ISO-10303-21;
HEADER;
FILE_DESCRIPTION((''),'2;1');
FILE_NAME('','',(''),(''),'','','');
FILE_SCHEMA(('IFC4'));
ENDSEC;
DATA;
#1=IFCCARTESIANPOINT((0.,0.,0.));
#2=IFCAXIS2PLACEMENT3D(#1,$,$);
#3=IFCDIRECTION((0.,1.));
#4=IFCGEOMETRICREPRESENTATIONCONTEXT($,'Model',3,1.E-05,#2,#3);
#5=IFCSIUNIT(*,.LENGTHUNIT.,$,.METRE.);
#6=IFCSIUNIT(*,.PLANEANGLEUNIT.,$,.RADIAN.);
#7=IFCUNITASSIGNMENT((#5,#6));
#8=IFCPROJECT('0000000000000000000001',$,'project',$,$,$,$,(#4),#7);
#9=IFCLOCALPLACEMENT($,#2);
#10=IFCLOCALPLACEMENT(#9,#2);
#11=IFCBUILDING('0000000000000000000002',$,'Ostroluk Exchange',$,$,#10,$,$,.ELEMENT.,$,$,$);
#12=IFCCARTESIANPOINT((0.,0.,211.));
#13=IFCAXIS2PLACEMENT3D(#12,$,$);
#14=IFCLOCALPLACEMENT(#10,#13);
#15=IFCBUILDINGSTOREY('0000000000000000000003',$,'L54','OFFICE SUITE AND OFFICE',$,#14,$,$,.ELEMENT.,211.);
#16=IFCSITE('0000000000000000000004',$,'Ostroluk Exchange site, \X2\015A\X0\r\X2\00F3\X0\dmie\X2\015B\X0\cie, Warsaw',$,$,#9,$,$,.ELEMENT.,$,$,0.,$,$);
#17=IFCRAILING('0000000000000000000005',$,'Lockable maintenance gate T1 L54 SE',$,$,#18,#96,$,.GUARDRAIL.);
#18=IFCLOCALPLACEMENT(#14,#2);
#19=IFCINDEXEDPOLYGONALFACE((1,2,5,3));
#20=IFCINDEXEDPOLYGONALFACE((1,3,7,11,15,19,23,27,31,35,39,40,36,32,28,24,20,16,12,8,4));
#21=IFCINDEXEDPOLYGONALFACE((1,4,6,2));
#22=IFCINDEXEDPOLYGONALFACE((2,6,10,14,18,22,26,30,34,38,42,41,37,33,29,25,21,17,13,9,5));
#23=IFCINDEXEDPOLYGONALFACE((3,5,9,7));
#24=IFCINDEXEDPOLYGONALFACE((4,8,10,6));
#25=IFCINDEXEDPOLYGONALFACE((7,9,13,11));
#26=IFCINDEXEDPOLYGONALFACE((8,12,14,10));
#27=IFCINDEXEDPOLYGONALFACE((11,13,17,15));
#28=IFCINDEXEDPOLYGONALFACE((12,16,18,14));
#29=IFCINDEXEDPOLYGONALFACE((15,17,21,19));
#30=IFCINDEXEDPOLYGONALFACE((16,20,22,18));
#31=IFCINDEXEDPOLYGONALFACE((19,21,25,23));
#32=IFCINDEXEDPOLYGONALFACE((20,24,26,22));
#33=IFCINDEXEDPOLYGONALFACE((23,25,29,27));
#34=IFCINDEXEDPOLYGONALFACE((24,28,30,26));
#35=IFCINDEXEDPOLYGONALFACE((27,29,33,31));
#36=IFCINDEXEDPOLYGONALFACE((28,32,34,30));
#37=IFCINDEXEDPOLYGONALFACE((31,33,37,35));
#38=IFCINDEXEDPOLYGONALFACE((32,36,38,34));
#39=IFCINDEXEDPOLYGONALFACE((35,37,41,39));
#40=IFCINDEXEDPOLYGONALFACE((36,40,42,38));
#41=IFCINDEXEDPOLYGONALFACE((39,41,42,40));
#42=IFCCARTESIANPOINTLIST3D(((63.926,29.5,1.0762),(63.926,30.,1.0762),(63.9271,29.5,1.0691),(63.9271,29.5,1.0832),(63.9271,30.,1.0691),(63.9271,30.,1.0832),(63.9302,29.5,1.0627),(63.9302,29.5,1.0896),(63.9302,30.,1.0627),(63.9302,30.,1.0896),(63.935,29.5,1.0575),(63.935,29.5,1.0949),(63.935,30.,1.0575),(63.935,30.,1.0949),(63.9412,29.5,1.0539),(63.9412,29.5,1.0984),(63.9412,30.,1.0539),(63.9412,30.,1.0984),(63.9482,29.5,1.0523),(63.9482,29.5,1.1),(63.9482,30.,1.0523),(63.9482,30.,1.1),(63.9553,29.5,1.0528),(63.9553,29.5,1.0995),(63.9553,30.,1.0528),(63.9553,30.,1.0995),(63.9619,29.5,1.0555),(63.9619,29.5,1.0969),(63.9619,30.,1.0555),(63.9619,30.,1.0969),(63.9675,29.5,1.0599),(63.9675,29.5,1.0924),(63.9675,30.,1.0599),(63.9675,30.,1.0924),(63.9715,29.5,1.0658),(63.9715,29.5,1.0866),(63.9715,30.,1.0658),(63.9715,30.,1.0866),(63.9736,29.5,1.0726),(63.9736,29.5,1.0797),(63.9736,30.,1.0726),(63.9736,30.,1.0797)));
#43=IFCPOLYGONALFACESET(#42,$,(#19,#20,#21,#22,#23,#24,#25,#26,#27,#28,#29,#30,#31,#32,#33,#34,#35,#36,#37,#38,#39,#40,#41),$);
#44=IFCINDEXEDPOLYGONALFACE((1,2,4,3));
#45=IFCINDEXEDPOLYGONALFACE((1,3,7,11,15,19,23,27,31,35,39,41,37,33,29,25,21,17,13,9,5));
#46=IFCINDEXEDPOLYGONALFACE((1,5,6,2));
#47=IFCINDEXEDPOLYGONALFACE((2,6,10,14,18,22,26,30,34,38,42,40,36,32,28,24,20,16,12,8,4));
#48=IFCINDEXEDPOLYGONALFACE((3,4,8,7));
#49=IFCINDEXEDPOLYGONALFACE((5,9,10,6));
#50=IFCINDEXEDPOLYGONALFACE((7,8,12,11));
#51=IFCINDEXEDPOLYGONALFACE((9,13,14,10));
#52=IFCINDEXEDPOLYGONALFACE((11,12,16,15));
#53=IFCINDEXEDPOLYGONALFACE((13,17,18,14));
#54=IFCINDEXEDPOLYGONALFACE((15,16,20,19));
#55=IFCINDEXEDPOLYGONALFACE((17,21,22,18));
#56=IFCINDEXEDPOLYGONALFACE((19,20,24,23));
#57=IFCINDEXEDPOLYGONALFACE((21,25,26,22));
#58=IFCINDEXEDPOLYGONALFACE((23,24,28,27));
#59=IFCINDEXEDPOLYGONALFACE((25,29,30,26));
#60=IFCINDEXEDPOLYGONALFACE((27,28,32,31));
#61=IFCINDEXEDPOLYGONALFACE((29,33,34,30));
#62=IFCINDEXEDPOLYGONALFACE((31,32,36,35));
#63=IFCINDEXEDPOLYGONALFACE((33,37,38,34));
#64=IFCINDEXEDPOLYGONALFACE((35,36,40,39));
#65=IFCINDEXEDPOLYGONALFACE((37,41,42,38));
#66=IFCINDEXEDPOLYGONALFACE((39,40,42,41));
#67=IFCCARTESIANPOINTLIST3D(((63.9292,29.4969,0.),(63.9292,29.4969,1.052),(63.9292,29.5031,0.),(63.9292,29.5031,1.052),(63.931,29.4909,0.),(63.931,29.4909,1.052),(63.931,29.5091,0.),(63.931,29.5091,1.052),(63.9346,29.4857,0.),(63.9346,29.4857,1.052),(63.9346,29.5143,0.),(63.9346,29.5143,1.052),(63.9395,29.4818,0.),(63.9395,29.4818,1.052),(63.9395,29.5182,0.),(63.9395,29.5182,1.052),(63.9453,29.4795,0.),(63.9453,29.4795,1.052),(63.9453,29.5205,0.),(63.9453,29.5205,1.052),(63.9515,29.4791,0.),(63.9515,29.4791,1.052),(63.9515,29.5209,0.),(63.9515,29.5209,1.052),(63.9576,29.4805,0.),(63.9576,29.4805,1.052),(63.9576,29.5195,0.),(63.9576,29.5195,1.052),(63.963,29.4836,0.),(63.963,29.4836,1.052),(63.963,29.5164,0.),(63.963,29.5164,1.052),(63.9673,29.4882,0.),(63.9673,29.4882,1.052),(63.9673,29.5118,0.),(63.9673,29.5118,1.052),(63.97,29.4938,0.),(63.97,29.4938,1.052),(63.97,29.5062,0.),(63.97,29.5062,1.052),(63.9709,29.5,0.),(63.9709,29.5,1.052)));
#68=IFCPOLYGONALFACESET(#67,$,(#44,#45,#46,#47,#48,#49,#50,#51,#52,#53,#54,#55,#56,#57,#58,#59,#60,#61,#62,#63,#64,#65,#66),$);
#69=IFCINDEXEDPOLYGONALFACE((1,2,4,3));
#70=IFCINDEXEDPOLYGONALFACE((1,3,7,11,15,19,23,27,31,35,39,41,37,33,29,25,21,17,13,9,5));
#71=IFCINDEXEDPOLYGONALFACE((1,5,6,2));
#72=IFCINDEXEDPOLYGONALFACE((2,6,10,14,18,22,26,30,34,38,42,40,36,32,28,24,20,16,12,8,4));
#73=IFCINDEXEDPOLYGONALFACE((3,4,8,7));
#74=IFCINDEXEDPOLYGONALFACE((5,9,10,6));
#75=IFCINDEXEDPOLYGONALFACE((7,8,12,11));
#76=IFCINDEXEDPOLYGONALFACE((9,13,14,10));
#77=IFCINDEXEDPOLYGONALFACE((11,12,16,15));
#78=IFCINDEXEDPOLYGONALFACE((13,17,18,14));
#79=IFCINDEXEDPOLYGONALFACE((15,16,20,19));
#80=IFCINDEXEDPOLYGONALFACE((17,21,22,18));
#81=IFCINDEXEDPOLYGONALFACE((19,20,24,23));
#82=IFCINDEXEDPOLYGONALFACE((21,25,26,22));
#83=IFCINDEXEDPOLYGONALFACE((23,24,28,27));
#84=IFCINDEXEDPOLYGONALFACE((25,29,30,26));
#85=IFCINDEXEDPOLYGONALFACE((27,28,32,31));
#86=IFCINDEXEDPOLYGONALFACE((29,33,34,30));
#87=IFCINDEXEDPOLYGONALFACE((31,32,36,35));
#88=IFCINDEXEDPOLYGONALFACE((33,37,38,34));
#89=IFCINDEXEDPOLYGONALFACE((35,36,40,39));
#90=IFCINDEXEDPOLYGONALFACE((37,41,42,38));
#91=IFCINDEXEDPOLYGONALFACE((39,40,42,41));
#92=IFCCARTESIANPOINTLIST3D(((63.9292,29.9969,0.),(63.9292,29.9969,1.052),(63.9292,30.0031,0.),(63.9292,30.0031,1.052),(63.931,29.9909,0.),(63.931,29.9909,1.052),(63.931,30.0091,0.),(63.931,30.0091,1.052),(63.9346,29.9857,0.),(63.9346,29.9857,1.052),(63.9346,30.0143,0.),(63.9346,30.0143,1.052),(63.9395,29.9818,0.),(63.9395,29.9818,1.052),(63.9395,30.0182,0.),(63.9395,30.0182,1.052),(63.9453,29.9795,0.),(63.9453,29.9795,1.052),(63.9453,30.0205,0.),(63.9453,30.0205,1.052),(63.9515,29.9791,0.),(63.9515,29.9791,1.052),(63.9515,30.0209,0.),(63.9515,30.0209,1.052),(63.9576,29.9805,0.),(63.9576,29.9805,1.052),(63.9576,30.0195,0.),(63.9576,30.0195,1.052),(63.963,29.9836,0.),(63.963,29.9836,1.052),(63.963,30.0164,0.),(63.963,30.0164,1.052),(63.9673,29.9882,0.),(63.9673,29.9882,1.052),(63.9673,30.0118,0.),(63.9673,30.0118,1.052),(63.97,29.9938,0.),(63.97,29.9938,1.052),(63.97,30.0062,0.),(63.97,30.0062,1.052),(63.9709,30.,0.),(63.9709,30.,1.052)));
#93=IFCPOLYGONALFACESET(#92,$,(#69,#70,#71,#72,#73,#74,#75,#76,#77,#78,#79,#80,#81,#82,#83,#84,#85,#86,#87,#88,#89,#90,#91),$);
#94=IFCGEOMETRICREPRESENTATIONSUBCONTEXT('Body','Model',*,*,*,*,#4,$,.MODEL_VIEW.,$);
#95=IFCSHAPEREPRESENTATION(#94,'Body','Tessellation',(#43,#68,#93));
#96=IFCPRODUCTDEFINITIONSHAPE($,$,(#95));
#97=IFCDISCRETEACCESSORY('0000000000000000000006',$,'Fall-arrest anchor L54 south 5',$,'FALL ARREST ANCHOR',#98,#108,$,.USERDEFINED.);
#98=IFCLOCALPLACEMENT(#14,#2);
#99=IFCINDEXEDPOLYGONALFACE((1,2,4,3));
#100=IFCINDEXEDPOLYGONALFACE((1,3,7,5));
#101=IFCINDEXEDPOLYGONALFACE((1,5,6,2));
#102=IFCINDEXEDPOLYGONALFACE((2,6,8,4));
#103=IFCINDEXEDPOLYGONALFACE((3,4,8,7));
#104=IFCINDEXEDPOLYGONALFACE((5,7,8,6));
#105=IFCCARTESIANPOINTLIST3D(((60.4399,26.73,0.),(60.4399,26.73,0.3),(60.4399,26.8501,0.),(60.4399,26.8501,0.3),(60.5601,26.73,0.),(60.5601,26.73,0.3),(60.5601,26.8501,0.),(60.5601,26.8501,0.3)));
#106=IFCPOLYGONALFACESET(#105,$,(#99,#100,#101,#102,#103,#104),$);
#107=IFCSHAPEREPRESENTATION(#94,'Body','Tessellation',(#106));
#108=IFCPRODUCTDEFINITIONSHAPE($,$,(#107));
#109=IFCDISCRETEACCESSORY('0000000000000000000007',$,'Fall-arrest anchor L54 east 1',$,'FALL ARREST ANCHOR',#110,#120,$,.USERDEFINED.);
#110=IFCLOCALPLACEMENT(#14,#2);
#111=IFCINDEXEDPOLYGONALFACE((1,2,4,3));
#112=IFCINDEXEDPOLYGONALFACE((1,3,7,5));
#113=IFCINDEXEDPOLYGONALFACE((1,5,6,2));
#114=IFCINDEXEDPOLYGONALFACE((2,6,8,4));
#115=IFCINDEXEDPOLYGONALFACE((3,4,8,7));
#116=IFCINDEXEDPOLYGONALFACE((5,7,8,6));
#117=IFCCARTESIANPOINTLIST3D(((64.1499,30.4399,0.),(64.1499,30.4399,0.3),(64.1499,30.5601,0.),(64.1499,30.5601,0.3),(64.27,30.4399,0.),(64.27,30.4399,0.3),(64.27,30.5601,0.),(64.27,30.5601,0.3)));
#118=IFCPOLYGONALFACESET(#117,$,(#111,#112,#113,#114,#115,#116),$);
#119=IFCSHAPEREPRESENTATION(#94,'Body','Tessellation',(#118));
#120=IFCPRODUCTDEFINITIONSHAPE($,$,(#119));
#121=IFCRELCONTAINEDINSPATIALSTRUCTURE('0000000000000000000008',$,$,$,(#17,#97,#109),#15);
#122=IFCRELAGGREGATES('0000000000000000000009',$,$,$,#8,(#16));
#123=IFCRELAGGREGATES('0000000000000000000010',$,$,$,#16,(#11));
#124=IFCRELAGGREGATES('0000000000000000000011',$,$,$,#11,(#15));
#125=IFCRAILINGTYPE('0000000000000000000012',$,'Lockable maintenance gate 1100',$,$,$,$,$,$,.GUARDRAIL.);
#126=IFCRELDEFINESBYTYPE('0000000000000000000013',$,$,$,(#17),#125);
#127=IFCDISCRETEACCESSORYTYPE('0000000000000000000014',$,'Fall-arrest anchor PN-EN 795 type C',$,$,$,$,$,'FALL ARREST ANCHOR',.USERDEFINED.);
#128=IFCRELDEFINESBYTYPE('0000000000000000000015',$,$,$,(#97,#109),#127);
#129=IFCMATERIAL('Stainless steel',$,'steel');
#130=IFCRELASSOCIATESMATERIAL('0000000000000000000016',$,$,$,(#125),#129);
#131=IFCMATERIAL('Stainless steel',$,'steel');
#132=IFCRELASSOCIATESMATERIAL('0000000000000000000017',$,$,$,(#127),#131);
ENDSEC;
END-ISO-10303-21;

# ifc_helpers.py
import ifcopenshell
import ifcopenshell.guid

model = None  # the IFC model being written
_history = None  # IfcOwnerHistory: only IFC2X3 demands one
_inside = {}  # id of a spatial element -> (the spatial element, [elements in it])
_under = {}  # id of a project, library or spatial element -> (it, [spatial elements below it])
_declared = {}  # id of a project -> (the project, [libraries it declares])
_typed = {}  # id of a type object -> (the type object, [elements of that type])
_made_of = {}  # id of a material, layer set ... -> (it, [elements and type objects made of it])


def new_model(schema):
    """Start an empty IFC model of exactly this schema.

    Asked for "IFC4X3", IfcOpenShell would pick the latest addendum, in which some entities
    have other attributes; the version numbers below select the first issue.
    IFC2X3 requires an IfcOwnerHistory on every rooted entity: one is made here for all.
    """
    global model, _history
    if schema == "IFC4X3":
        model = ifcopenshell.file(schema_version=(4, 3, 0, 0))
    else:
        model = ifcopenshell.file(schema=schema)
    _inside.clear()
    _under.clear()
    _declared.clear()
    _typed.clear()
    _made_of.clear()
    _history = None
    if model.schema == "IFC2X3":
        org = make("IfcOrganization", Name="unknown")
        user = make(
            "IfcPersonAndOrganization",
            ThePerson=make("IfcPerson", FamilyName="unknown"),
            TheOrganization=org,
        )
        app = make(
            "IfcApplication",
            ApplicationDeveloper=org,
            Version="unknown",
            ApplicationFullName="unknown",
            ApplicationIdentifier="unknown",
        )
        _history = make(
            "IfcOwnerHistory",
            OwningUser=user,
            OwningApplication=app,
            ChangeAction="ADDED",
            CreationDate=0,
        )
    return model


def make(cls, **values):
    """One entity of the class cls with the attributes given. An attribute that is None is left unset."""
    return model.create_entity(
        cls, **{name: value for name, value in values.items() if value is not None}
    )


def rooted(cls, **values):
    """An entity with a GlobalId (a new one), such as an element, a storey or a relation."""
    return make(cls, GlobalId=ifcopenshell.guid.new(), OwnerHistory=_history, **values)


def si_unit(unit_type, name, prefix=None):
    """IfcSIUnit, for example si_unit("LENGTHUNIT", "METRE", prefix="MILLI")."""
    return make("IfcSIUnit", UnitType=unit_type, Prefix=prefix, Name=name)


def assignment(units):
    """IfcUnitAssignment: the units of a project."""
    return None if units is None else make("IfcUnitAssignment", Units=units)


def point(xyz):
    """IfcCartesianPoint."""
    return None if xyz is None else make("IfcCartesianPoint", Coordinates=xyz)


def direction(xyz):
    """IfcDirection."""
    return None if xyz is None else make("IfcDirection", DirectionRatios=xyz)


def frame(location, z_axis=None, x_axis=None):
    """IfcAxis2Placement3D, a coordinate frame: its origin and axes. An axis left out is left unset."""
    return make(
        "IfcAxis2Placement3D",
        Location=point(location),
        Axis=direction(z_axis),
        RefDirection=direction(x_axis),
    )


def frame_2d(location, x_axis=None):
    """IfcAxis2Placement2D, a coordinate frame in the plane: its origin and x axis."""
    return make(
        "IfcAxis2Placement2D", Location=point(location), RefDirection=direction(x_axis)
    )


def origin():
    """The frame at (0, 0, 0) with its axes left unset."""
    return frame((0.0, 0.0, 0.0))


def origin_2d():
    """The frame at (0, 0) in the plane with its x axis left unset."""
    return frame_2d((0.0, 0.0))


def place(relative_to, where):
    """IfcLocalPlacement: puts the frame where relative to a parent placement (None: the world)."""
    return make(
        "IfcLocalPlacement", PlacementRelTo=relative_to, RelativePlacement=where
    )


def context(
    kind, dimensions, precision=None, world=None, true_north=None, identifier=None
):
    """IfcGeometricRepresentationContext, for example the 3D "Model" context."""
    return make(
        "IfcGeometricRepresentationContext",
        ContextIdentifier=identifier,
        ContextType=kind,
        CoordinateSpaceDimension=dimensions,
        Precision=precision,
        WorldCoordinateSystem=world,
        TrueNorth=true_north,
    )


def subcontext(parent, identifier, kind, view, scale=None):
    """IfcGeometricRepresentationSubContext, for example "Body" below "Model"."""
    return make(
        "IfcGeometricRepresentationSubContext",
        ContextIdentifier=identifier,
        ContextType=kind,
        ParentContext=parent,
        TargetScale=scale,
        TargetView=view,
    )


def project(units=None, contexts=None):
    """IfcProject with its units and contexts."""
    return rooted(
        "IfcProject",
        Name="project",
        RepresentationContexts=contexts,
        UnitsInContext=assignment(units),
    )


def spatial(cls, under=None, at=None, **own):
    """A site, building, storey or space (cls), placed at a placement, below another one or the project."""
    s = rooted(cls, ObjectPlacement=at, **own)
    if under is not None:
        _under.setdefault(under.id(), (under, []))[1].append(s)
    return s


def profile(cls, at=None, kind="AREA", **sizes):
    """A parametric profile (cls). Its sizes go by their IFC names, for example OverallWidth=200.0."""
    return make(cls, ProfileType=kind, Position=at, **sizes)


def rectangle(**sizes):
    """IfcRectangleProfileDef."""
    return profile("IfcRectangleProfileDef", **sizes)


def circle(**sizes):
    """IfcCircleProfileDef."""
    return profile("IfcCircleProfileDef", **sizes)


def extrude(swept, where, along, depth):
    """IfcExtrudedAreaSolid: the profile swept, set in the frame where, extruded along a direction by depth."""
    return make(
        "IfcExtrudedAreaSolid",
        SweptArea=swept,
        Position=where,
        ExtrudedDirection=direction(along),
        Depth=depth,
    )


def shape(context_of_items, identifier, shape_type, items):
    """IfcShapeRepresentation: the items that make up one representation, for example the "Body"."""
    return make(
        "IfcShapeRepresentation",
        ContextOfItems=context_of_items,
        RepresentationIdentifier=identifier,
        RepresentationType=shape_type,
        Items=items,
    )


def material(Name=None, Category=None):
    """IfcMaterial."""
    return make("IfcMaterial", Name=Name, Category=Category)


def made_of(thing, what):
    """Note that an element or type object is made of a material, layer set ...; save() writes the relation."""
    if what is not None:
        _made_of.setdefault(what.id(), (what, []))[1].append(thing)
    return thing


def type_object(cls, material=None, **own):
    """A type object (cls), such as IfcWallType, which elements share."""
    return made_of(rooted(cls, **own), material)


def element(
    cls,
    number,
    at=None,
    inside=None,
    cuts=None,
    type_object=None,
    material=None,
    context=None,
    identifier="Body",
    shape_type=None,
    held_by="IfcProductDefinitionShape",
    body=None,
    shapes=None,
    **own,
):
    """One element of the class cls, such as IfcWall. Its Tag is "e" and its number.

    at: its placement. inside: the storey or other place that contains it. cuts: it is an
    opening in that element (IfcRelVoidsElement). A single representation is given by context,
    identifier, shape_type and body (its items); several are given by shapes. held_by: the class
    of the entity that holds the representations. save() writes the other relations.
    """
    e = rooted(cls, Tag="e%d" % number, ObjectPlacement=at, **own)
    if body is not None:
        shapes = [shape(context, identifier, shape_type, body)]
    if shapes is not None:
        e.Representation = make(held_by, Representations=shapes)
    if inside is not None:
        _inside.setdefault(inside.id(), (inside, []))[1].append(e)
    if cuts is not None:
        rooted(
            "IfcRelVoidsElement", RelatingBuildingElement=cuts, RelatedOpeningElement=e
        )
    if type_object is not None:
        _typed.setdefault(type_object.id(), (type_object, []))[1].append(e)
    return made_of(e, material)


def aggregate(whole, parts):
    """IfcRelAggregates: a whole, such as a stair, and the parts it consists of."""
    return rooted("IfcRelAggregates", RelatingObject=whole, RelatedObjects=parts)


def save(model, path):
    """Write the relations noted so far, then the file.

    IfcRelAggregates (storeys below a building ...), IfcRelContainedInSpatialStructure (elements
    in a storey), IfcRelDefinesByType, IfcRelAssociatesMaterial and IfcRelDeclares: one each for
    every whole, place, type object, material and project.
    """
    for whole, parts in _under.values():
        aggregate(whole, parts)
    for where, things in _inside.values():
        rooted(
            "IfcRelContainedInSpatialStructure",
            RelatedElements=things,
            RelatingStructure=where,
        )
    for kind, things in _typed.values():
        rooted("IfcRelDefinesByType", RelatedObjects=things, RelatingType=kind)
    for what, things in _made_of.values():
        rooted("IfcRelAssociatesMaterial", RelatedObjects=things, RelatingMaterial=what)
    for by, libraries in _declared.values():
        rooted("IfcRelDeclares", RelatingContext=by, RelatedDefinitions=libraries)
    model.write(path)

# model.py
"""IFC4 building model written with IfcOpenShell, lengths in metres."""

from ifc_helpers import new_model, si_unit, direction, frame, origin, origin_2d, place, context, subcontext, project, spatial, rectangle, circle, extrude, material, type_object, element, save


model = new_model("IFC4")

# Units and contexts
model_context = context("Model", 3, precision=1e-05, world=origin(), true_north=direction((0.0, 1.0)))
body_context = subcontext(model_context, "Body", "Model", "MODEL_VIEW")
ifc_project = project(units=[si_unit("LENGTHUNIT", "METRE"), si_unit("PLANEANGLEUNIT", "RADIAN")], contexts=[model_context])

# Site, building, storey
site_placement = place(None, origin())
site = spatial("IfcSite", under=ifc_project, at=site_placement, Name="Ostroluk Exchange site, Śródmieście, Warsaw", CompositionType="ELEMENT", RefElevation=0.0)
building_placement = place(site_placement, origin())
building = spatial("IfcBuilding", under=site, at=building_placement, Name="Ostroluk Exchange", CompositionType="ELEMENT")
storey_placement = place(building_placement, frame((0.0, 0.0, 211.0)))
storey = spatial("IfcBuildingStorey", under=building, at=storey_placement, Name="L54", Description="OFFICE SUITE AND OFFICE", CompositionType="ELEMENT", Elevation=211.0)

# Railing
ifc_material_1 = material(Name="Stainless steel", Category="steel")
railing_type_1 = type_object("IfcRailingType", Name="Lockable maintenance gate 1100", PredefinedType="GUARDRAIL", material=ifc_material_1)
railing_1_placement = place(storey_placement, frame((63.95, 29.5, 0.0)))
element("IfcRailing", 1, at=railing_1_placement, inside=storey, type_object=railing_type_1, Name="Lockable maintenance gate T1 L54 SE", PredefinedType="GUARDRAIL", context=body_context, shape_type="SweptSolid", body=[
    extrude(circle(Radius=0.0239, at=origin_2d()), frame((0.0, 0.0, 1.0762), z_axis=(0.0, 1.0, 0.0), x_axis=(-1.0, 0.0, 0.0)), (0.0, 0.0, 1.0), 0.5),
    extrude(circle(Radius=0.021, at=origin_2d()), origin(), (0.0, 0.0, 1.0), 1.052),
    extrude(circle(Radius=0.021, at=origin_2d()), frame((0.0, 0.5, 0.0)), (0.0, 0.0, 1.0), 1.052),
])

# Discrete accessories
ifc_material_2 = material(Name="Stainless steel", Category="steel")
discrete_accessory_type = type_object("IfcDiscreteAccessoryType", Name="Fall-arrest anchor PN-EN 795 type C", ElementType="FALL ARREST ANCHOR", PredefinedType="USERDEFINED", material=ifc_material_2)
for number, where, z_axis, x_axis, name in (
    (2, (60.5, 26.79, 0.0), (0.0, 0.0, 1.0), (1.0, 0.0, 0.0), "Fall-arrest anchor L54 south 5"),
    (3, (64.21, 30.5, 0.0), (0.0, 0.0, 1.0), (1.0, 0.0, 0.0), "Fall-arrest anchor L54 east 1"),
):
    element("IfcDiscreteAccessory", number, at=place(storey_placement, frame(where, z_axis=z_axis, x_axis=x_axis)), inside=storey, type_object=discrete_accessory_type, Name=name, ObjectType="FALL ARREST ANCHOR", PredefinedType="USERDEFINED", context=body_context, shape_type="SweptSolid", body=[
        extrude(rectangle(XDim=0.1201, YDim=0.1201, at=origin_2d()), origin(), (0.0, 0.0, 1.0), 0.3),
    ])

save(model, "model.ifc")
